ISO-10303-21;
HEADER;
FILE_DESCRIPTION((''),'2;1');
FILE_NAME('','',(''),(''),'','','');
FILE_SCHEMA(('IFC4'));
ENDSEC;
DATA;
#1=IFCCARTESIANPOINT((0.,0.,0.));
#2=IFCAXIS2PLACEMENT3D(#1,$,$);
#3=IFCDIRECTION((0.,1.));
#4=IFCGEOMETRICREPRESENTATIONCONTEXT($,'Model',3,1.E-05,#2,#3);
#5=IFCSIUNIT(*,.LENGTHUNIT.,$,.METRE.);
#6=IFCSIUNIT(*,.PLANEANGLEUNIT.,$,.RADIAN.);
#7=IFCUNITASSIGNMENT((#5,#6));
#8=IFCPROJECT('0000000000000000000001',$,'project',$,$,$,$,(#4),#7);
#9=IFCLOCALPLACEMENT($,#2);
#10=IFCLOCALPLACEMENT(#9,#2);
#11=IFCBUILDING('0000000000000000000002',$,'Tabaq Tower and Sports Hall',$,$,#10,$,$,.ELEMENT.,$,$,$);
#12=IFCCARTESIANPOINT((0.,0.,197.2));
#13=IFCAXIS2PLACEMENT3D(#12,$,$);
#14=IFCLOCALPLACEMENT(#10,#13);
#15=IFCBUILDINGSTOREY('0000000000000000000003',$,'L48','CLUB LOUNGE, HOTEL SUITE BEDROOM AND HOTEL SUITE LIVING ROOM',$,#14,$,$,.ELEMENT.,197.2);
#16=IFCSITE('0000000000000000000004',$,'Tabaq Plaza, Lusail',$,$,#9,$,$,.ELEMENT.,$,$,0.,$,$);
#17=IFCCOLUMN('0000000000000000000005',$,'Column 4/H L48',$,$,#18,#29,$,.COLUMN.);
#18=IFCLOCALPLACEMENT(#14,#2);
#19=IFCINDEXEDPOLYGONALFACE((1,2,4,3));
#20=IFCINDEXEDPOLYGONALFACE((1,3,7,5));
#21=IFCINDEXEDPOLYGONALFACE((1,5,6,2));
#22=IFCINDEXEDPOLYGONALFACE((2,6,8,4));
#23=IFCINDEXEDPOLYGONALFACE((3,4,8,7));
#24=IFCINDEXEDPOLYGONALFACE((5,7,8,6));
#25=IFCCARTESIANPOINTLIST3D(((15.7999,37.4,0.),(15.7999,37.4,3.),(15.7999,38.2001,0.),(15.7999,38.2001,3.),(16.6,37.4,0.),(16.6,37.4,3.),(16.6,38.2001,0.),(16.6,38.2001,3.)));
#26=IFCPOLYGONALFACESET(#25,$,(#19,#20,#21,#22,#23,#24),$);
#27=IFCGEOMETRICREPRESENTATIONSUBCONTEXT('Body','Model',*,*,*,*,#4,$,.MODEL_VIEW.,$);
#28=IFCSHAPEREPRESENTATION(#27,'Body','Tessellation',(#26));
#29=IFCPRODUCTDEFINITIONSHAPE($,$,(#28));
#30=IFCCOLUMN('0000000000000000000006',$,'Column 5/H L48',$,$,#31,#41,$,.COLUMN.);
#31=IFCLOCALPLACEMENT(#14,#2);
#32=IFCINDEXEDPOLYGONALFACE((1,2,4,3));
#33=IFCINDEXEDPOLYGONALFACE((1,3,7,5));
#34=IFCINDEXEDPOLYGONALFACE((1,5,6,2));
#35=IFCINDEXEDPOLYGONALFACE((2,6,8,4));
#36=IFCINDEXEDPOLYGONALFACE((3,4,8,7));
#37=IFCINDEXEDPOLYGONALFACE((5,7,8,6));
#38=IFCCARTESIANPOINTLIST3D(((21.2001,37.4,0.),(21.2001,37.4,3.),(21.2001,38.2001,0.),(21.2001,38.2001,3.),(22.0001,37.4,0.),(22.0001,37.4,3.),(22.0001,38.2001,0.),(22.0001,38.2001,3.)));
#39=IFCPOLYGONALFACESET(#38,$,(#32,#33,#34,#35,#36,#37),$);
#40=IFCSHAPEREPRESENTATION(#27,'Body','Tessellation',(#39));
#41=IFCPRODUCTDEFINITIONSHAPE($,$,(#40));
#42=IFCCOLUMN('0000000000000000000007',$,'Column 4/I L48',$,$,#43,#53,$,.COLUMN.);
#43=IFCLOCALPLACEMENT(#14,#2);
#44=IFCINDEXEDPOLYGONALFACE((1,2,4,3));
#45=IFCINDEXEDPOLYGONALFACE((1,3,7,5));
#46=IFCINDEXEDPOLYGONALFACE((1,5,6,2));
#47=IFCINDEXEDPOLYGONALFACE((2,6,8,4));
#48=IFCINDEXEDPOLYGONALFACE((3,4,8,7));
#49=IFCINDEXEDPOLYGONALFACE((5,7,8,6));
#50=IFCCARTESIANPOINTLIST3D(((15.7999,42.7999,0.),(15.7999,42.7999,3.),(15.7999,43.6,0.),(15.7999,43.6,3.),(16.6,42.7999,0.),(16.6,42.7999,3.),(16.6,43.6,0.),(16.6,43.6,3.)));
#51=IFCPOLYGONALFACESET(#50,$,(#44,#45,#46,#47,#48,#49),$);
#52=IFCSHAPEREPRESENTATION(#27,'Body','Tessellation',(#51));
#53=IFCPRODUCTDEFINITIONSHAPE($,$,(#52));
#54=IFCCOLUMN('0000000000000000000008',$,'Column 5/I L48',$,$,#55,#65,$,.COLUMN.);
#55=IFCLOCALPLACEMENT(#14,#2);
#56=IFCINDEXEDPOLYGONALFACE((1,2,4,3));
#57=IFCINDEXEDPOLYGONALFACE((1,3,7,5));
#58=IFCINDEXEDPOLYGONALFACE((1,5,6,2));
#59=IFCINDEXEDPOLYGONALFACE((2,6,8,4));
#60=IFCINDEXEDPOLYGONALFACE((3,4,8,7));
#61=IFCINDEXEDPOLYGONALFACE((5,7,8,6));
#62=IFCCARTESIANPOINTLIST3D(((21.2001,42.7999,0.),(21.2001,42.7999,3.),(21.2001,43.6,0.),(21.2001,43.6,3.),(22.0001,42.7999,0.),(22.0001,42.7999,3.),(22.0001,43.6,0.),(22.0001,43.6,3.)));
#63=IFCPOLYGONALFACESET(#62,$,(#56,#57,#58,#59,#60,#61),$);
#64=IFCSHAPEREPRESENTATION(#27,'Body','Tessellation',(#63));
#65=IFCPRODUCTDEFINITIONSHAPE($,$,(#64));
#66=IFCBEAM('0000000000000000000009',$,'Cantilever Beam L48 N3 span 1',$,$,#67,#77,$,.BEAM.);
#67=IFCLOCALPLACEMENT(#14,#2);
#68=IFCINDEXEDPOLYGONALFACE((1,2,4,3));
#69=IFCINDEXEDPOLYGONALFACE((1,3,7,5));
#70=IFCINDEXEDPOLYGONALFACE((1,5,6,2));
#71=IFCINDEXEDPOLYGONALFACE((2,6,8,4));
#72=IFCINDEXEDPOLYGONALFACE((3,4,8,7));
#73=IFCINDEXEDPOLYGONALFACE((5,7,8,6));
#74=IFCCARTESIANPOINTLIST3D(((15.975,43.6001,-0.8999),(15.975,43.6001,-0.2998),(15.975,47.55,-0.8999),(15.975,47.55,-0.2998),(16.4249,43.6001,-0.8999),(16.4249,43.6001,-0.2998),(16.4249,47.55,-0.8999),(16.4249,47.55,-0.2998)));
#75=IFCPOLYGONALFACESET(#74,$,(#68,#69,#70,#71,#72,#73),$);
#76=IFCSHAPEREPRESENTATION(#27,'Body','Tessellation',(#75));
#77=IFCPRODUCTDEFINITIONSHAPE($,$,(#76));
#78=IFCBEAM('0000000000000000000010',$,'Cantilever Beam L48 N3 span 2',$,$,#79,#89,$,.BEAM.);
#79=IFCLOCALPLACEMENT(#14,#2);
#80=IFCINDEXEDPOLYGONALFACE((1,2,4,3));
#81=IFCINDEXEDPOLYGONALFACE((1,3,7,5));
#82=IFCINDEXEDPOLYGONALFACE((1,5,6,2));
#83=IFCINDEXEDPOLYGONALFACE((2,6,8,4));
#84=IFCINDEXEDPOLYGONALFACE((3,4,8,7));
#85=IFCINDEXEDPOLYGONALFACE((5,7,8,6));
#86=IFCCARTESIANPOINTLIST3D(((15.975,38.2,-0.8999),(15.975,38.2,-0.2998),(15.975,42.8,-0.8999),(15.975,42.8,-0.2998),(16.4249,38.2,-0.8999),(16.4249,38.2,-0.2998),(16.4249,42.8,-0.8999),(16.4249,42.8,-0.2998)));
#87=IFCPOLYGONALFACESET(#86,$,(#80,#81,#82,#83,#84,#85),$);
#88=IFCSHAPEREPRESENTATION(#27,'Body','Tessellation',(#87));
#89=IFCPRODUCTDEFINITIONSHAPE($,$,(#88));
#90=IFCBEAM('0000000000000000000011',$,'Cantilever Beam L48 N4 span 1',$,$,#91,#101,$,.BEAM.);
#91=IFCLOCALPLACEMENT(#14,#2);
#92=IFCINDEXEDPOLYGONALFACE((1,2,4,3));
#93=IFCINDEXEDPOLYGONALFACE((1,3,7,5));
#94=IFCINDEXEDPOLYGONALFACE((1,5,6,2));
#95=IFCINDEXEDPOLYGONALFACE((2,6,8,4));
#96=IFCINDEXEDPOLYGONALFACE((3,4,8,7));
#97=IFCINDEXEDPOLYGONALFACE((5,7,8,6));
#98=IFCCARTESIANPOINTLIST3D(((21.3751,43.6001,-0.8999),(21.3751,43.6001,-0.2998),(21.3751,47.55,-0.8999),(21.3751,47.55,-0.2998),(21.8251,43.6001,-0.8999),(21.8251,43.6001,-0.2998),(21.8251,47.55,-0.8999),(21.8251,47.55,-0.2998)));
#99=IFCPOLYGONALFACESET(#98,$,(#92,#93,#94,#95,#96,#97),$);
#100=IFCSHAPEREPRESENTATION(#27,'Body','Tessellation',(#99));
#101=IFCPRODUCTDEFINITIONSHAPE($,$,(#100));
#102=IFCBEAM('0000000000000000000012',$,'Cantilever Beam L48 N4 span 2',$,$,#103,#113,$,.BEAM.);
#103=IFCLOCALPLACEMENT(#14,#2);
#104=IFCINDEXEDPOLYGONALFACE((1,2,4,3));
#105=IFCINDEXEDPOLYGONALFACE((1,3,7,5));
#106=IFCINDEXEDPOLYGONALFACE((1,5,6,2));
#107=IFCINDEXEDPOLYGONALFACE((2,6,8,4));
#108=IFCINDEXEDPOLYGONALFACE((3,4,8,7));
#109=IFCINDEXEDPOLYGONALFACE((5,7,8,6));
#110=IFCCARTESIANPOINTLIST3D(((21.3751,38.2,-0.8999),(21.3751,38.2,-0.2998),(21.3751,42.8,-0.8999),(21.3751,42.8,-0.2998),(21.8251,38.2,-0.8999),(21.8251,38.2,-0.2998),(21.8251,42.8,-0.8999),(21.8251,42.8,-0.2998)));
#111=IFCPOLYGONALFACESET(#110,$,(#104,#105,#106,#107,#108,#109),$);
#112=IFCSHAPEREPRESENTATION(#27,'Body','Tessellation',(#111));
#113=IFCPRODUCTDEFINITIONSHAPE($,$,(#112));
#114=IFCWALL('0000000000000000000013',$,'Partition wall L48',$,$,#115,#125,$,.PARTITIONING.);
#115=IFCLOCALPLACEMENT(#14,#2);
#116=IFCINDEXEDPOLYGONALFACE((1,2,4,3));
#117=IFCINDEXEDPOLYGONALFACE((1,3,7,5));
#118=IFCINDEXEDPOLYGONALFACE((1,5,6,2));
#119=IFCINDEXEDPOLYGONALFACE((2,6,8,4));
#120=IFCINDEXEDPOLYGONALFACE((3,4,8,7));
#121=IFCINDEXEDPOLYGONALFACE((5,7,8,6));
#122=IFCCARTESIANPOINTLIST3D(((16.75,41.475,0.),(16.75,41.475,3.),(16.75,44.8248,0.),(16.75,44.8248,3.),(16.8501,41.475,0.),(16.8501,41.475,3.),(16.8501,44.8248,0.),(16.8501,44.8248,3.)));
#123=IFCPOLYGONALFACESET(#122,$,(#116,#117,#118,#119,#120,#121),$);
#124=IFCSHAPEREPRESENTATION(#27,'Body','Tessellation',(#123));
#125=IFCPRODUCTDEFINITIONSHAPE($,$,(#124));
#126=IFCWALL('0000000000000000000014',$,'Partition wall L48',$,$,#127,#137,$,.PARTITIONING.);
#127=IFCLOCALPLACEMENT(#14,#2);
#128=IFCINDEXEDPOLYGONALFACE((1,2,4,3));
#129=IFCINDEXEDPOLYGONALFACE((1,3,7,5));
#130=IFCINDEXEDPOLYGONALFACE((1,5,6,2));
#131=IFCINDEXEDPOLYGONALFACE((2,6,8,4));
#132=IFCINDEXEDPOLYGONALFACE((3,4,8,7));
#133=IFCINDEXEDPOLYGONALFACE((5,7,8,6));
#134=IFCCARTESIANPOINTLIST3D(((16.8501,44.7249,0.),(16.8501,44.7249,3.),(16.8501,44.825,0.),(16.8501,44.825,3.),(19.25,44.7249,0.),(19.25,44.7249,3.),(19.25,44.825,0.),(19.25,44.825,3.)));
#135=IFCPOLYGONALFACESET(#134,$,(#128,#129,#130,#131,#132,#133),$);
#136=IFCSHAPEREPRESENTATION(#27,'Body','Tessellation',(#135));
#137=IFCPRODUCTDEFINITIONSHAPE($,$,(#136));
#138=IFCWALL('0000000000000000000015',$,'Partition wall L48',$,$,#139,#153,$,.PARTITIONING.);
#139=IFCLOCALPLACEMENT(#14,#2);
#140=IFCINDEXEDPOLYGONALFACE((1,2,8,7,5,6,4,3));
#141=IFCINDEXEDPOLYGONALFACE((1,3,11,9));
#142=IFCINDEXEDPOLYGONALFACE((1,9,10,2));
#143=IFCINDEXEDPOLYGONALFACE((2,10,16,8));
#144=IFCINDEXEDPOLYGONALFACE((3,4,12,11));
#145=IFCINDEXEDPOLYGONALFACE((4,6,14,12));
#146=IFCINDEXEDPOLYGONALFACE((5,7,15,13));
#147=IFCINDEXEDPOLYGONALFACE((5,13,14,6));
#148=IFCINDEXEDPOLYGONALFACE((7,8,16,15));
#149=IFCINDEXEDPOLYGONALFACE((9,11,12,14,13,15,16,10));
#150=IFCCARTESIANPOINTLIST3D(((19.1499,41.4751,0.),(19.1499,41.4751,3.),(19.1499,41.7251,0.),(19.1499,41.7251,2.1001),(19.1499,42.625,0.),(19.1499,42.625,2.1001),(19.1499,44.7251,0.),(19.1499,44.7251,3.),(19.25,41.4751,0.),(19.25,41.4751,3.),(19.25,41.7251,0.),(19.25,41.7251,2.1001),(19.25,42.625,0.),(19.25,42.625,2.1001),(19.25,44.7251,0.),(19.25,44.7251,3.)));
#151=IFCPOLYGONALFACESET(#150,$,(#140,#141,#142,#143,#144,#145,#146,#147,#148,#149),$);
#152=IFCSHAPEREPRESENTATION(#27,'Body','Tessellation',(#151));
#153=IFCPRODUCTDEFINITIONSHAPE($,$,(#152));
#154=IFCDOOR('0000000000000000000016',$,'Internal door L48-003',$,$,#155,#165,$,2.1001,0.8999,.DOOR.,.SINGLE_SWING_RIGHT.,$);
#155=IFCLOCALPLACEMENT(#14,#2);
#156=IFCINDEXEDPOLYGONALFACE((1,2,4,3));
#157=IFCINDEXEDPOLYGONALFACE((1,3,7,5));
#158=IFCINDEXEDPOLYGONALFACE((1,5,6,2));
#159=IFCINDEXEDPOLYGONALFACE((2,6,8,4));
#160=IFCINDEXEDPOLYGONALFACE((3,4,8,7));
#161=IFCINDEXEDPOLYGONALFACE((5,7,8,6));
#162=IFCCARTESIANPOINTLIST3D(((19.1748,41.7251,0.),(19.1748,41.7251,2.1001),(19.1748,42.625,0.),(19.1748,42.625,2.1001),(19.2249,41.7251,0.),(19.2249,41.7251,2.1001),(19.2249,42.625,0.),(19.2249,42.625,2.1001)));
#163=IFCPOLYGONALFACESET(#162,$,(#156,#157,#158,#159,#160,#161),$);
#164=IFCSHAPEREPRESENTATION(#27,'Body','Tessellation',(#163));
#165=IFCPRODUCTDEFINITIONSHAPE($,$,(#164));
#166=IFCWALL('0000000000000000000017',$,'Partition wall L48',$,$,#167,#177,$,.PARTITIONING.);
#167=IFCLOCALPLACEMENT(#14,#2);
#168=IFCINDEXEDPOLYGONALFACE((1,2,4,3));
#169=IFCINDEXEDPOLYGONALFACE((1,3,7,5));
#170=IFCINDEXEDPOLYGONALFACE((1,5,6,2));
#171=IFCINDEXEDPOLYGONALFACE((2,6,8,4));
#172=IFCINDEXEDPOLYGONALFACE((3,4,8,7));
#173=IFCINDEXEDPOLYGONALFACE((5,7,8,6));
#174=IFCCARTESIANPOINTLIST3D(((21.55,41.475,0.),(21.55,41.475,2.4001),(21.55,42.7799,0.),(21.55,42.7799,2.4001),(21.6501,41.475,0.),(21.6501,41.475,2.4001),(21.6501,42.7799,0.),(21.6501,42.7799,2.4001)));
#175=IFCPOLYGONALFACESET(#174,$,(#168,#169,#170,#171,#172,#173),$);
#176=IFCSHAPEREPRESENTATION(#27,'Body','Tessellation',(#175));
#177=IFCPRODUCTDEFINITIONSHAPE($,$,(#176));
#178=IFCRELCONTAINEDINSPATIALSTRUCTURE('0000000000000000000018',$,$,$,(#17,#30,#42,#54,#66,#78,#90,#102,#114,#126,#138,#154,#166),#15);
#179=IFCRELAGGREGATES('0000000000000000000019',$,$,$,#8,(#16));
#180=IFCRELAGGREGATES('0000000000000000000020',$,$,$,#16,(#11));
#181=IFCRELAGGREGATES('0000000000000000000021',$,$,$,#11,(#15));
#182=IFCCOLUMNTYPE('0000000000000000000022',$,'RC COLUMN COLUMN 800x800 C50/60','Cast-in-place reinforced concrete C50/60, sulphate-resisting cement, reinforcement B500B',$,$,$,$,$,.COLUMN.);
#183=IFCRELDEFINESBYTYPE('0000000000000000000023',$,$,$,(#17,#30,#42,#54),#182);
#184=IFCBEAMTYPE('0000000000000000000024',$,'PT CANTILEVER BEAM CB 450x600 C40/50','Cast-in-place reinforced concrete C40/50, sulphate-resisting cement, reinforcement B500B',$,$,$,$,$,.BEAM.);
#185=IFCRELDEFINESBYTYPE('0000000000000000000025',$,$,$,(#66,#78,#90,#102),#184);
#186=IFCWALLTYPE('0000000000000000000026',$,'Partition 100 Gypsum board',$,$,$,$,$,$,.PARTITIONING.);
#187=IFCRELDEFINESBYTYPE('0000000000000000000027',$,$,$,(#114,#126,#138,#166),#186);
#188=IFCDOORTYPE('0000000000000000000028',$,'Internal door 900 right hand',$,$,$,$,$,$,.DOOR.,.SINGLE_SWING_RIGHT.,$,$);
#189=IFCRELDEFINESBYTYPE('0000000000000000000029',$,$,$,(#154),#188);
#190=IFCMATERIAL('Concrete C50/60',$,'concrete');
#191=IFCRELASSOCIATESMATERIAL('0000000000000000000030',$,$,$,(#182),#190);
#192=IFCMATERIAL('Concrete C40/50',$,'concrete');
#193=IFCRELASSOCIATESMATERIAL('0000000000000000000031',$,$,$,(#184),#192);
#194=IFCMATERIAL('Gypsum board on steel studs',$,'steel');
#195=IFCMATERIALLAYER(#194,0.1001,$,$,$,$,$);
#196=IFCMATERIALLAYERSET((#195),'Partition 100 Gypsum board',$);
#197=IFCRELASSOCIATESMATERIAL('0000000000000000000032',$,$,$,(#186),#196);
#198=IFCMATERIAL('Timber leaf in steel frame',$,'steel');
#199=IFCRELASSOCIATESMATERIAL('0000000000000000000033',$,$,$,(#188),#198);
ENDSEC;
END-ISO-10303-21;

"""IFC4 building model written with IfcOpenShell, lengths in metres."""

from ifc_helpers import new_model, si_unit, direction, frame, frame_2d, origin, origin_2d, place, context, subcontext, project, spatial, rectangle, extrude, material, layer, layer_set, material_profile, profile_set, type_object, element, fill, save


model = new_model("IFC4")

# Units and contexts
model_context = context("Model", 3, precision=1e-05, world=origin(), true_north=direction((0.0, 1.0)))
body_context = subcontext(model_context, "Body", "Model", "MODEL_VIEW")
ifc_project = project(units=[si_unit("LENGTHUNIT", "METRE"), si_unit("PLANEANGLEUNIT", "RADIAN")], contexts=[model_context])

# Site, building, storey
site_placement = place(None, origin())
site = spatial("IfcSite", under=ifc_project, at=site_placement, Name="Tabaq Plaza, Lusail", CompositionType="ELEMENT", RefElevation=0.0)
building_placement = place(site_placement, origin())
building = spatial("IfcBuilding", under=site, at=building_placement, Name="Tabaq Tower and Sports Hall", CompositionType="ELEMENT")
storey_placement = place(building_placement, frame((0.0, 0.0, 197.2)))
storey = spatial("IfcBuildingStorey", under=building, at=storey_placement, Name="L48", Description="CLUB LOUNGE, HOTEL SUITE BEDROOM AND HOTEL SUITE LIVING ROOM", CompositionType="ELEMENT", Elevation=197.2)

# Columns
ifc_material_1 = material(Name="Concrete C50/60", Category="concrete")
ifc_material_profile_1 = material_profile(ifc_material_1, rectangle(XDim=0.8, YDim=0.8, at=origin_2d()), Name="COLUMN 800x800")
ifc_profile_set_1 = profile_set([ifc_material_profile_1], Name="Concrete C50/60")
column_type = type_object("IfcColumnType", Name="RC COLUMN COLUMN 800x800 C50/60", Description="Cast-in-place reinforced concrete C50/60, sulphate-resisting cement, reinforcement B500B", PredefinedType="COLUMN", material=ifc_profile_set_1)
for number, where, z_axis, x_axis, name in (
    (1, (16.2, 37.8, 0.0), (0.0, 0.0, 1.0), (1.0, 0.0, 0.0), "Column 4/H L48"),
    (2, (21.6001, 37.8, 0.0), (0.0, 0.0, 1.0), (1.0, 0.0, 0.0), "Column 5/H L48"),
    (3, (16.2, 43.2, 0.0), (0.0, 0.0, 1.0), (1.0, 0.0, 0.0), "Column 4/I L48"),
    (4, (21.6001, 43.2, 0.0), (0.0, 0.0, 1.0), (1.0, 0.0, 0.0), "Column 5/I L48"),
):
    element("IfcColumn", number, at=place(storey_placement, frame(where, z_axis=z_axis, x_axis=x_axis)), inside=storey, type_object=column_type, Name=name, PredefinedType="COLUMN", context=body_context, shape_type="SweptSolid", body=[
        extrude(rectangle(XDim=0.8, YDim=0.8, at=origin_2d()), origin(), (0.0, 0.0, 1.0), 3.0),
    ])

# Beams
ifc_material_2 = material(Name="Concrete C40/50", Category="concrete")
ifc_material_profile_2 = material_profile(ifc_material_2, rectangle(XDim=0.45, YDim=0.6001, at=origin_2d()), Name="CB 450x600")
ifc_profile_set_2 = profile_set([ifc_material_profile_2], Name="Concrete C40/50")
beam_type = type_object("IfcBeamType", Name="PT CANTILEVER BEAM CB 450x600 C40/50", Description="Cast-in-place reinforced concrete C40/50, sulphate-resisting cement, reinforcement B500B", PredefinedType="BEAM", material=ifc_profile_set_2)
beam_1_placement = place(storey_placement, frame((16.2, 47.55, -0.5999), z_axis=(0.0, -1.0, 0.0), x_axis=(1.0, 0.0, 0.0)))
element("IfcBeam", 5, at=beam_1_placement, inside=storey, type_object=beam_type, Name="Cantilever Beam L48 N3 span 1", PredefinedType="BEAM", context=body_context, shape_type="SweptSolid", body=[
    extrude(rectangle(XDim=0.45, YDim=0.6001, at=origin_2d()), origin(), (0.0, 0.0, 1.0), 3.95),
])
beam_2_placement = place(storey_placement, frame((16.2, 42.8, -0.5999), z_axis=(0.0, -1.0, 0.0), x_axis=(1.0, 0.0, 0.0)))
element("IfcBeam", 6, at=beam_2_placement, inside=storey, type_object=beam_type, Name="Cantilever Beam L48 N3 span 2", PredefinedType="BEAM", context=body_context, shape_type="SweptSolid", body=[
    extrude(rectangle(XDim=0.45, YDim=0.6001, at=origin_2d()), origin(), (0.0, 0.0, 1.0), 4.6001),
])
beam_3_placement = place(storey_placement, frame((21.6001, 47.55, -0.5999), z_axis=(0.0, -1.0, 0.0), x_axis=(1.0, 0.0, 0.0)))
element("IfcBeam", 7, at=beam_3_placement, inside=storey, type_object=beam_type, Name="Cantilever Beam L48 N4 span 1", PredefinedType="BEAM", context=body_context, shape_type="SweptSolid", body=[
    extrude(rectangle(XDim=0.45, YDim=0.6001, at=origin_2d()), origin(), (0.0, 0.0, 1.0), 3.95),
])
beam_4_placement = place(storey_placement, frame((21.6001, 42.8, -0.5999), z_axis=(0.0, -1.0, 0.0), x_axis=(1.0, 0.0, 0.0)))
element("IfcBeam", 8, at=beam_4_placement, inside=storey, type_object=beam_type, Name="Cantilever Beam L48 N4 span 2", PredefinedType="BEAM", context=body_context, shape_type="SweptSolid", body=[
    extrude(rectangle(XDim=0.45, YDim=0.6001, at=origin_2d()), origin(), (0.0, 0.0, 1.0), 4.6001),
])

# Walls
ifc_material_3 = material(Name="Gypsum board on steel studs", Category="steel")
ifc_layer_1 = layer(ifc_material_3, 0.1001)
ifc_layer_set_1 = layer_set([ifc_layer_1], Name="Partition 100 Gypsum board")
wall_type_1 = type_object("IfcWallType", Name="Partition 100 Gypsum board", PredefinedType="PARTITIONING", material=ifc_layer_set_1)
wall_1_placement = place(storey_placement, frame((16.8, 41.4751, 0.0), z_axis=(0.0, 0.0, 1.0), x_axis=(0.0, 1.0, 0.0)))
element("IfcWall", 9, at=wall_1_placement, inside=storey, type_object=wall_type_1, Name="Partition wall L48", PredefinedType="PARTITIONING", context=body_context, shape_type="SweptSolid", body=[
    extrude(rectangle(XDim=3.3499, YDim=0.1001, at=frame_2d((1.6748, 0.0))), origin(), (0.0, 0.0, 1.0), 3.0),
])
wall_2_placement = place(storey_placement, frame((16.8501, 44.7749, 0.0), z_axis=(0.0, 0.0, 1.0), x_axis=(1.0, 0.0, 0.0)))
element("IfcWall", 10, at=wall_2_placement, inside=storey, type_object=wall_type_1, Name="Partition wall L48", PredefinedType="PARTITIONING", context=body_context, shape_type="SweptSolid", body=[
    extrude(rectangle(XDim=2.3999, YDim=0.1001, at=frame_2d((1.2, 0.0))), origin(), (0.0, 0.0, 1.0), 3.0),
])

# Wall, opening, door
wall_3_placement = place(storey_placement, frame((19.2, 44.7251, 0.0), z_axis=(0.0, 0.0, 1.0), x_axis=(0.0, -1.0, 0.0)))
wall_3 = element("IfcWall", 11, at=wall_3_placement, inside=storey, type_object=wall_type_1, Name="Partition wall L48", PredefinedType="PARTITIONING", context=body_context, shape_type="SweptSolid", body=[
    extrude(rectangle(XDim=3.25, YDim=0.1001, at=frame_2d((1.625, 0.0))), origin(), (0.0, 0.0, 1.0), 3.0),
])
opening_1_placement = place(wall_3_placement, frame((2.1001, 0.0, 0.0)))
opening_1 = element("IfcOpeningElement", 12, at=opening_1_placement, cuts=wall_3, PredefinedType="OPENING", context=body_context, shape_type="SweptSolid", body=[
    extrude(rectangle(XDim=0.8999, YDim=2.1001, at=frame_2d((0.45, 1.05))), frame((0.0, 0.05, 0.0), z_axis=(0.0, -1.0, 0.0), x_axis=(1.0, 0.0, 0.0)), (0.0, 0.0, 1.0), 0.1001),
])
ifc_material_4 = material(Name="Timber leaf in steel frame", Category="steel")
door_type_1 = type_object("IfcDoorType", Name="Internal door 900 right hand", OperationType="SINGLE_SWING_RIGHT", PredefinedType="DOOR", material=ifc_material_4)
door_1_placement = place(opening_1_placement, origin())
door_1 = element("IfcDoor", 13, at=door_1_placement, inside=storey, type_object=door_type_1, Name="Internal door L48-003", OperationType="SINGLE_SWING_RIGHT", OverallHeight=2.1001, OverallWidth=0.8999, PredefinedType="DOOR", context=body_context, shape_type="SweptSolid", body=[
    extrude(rectangle(XDim=0.8999, YDim=2.1001, at=frame_2d((0.45, 1.05))), frame((0.0, 0.0249, 0.0), z_axis=(0.0, -1.0, 0.0), x_axis=(1.0, 0.0, 0.0)), (0.0, 0.0, 1.0), 0.05),
])
fill(opening_1, door_1)

# Wall
wall_4_placement = place(storey_placement, frame((21.6001, 41.4751, 0.0), z_axis=(0.0, 0.0, 1.0), x_axis=(0.0, 1.0, 0.0)))
element("IfcWall", 14, at=wall_4_placement, inside=storey, type_object=wall_type_1, Name="Partition wall L48", PredefinedType="PARTITIONING", context=body_context, shape_type="SweptSolid", body=[
    extrude(rectangle(XDim=1.3049, YDim=0.1001, at=frame_2d((0.6523, 0.0))), origin(), (0.0, 0.0, 1.0), 2.4001),
])

save(model, "model.ifc")
